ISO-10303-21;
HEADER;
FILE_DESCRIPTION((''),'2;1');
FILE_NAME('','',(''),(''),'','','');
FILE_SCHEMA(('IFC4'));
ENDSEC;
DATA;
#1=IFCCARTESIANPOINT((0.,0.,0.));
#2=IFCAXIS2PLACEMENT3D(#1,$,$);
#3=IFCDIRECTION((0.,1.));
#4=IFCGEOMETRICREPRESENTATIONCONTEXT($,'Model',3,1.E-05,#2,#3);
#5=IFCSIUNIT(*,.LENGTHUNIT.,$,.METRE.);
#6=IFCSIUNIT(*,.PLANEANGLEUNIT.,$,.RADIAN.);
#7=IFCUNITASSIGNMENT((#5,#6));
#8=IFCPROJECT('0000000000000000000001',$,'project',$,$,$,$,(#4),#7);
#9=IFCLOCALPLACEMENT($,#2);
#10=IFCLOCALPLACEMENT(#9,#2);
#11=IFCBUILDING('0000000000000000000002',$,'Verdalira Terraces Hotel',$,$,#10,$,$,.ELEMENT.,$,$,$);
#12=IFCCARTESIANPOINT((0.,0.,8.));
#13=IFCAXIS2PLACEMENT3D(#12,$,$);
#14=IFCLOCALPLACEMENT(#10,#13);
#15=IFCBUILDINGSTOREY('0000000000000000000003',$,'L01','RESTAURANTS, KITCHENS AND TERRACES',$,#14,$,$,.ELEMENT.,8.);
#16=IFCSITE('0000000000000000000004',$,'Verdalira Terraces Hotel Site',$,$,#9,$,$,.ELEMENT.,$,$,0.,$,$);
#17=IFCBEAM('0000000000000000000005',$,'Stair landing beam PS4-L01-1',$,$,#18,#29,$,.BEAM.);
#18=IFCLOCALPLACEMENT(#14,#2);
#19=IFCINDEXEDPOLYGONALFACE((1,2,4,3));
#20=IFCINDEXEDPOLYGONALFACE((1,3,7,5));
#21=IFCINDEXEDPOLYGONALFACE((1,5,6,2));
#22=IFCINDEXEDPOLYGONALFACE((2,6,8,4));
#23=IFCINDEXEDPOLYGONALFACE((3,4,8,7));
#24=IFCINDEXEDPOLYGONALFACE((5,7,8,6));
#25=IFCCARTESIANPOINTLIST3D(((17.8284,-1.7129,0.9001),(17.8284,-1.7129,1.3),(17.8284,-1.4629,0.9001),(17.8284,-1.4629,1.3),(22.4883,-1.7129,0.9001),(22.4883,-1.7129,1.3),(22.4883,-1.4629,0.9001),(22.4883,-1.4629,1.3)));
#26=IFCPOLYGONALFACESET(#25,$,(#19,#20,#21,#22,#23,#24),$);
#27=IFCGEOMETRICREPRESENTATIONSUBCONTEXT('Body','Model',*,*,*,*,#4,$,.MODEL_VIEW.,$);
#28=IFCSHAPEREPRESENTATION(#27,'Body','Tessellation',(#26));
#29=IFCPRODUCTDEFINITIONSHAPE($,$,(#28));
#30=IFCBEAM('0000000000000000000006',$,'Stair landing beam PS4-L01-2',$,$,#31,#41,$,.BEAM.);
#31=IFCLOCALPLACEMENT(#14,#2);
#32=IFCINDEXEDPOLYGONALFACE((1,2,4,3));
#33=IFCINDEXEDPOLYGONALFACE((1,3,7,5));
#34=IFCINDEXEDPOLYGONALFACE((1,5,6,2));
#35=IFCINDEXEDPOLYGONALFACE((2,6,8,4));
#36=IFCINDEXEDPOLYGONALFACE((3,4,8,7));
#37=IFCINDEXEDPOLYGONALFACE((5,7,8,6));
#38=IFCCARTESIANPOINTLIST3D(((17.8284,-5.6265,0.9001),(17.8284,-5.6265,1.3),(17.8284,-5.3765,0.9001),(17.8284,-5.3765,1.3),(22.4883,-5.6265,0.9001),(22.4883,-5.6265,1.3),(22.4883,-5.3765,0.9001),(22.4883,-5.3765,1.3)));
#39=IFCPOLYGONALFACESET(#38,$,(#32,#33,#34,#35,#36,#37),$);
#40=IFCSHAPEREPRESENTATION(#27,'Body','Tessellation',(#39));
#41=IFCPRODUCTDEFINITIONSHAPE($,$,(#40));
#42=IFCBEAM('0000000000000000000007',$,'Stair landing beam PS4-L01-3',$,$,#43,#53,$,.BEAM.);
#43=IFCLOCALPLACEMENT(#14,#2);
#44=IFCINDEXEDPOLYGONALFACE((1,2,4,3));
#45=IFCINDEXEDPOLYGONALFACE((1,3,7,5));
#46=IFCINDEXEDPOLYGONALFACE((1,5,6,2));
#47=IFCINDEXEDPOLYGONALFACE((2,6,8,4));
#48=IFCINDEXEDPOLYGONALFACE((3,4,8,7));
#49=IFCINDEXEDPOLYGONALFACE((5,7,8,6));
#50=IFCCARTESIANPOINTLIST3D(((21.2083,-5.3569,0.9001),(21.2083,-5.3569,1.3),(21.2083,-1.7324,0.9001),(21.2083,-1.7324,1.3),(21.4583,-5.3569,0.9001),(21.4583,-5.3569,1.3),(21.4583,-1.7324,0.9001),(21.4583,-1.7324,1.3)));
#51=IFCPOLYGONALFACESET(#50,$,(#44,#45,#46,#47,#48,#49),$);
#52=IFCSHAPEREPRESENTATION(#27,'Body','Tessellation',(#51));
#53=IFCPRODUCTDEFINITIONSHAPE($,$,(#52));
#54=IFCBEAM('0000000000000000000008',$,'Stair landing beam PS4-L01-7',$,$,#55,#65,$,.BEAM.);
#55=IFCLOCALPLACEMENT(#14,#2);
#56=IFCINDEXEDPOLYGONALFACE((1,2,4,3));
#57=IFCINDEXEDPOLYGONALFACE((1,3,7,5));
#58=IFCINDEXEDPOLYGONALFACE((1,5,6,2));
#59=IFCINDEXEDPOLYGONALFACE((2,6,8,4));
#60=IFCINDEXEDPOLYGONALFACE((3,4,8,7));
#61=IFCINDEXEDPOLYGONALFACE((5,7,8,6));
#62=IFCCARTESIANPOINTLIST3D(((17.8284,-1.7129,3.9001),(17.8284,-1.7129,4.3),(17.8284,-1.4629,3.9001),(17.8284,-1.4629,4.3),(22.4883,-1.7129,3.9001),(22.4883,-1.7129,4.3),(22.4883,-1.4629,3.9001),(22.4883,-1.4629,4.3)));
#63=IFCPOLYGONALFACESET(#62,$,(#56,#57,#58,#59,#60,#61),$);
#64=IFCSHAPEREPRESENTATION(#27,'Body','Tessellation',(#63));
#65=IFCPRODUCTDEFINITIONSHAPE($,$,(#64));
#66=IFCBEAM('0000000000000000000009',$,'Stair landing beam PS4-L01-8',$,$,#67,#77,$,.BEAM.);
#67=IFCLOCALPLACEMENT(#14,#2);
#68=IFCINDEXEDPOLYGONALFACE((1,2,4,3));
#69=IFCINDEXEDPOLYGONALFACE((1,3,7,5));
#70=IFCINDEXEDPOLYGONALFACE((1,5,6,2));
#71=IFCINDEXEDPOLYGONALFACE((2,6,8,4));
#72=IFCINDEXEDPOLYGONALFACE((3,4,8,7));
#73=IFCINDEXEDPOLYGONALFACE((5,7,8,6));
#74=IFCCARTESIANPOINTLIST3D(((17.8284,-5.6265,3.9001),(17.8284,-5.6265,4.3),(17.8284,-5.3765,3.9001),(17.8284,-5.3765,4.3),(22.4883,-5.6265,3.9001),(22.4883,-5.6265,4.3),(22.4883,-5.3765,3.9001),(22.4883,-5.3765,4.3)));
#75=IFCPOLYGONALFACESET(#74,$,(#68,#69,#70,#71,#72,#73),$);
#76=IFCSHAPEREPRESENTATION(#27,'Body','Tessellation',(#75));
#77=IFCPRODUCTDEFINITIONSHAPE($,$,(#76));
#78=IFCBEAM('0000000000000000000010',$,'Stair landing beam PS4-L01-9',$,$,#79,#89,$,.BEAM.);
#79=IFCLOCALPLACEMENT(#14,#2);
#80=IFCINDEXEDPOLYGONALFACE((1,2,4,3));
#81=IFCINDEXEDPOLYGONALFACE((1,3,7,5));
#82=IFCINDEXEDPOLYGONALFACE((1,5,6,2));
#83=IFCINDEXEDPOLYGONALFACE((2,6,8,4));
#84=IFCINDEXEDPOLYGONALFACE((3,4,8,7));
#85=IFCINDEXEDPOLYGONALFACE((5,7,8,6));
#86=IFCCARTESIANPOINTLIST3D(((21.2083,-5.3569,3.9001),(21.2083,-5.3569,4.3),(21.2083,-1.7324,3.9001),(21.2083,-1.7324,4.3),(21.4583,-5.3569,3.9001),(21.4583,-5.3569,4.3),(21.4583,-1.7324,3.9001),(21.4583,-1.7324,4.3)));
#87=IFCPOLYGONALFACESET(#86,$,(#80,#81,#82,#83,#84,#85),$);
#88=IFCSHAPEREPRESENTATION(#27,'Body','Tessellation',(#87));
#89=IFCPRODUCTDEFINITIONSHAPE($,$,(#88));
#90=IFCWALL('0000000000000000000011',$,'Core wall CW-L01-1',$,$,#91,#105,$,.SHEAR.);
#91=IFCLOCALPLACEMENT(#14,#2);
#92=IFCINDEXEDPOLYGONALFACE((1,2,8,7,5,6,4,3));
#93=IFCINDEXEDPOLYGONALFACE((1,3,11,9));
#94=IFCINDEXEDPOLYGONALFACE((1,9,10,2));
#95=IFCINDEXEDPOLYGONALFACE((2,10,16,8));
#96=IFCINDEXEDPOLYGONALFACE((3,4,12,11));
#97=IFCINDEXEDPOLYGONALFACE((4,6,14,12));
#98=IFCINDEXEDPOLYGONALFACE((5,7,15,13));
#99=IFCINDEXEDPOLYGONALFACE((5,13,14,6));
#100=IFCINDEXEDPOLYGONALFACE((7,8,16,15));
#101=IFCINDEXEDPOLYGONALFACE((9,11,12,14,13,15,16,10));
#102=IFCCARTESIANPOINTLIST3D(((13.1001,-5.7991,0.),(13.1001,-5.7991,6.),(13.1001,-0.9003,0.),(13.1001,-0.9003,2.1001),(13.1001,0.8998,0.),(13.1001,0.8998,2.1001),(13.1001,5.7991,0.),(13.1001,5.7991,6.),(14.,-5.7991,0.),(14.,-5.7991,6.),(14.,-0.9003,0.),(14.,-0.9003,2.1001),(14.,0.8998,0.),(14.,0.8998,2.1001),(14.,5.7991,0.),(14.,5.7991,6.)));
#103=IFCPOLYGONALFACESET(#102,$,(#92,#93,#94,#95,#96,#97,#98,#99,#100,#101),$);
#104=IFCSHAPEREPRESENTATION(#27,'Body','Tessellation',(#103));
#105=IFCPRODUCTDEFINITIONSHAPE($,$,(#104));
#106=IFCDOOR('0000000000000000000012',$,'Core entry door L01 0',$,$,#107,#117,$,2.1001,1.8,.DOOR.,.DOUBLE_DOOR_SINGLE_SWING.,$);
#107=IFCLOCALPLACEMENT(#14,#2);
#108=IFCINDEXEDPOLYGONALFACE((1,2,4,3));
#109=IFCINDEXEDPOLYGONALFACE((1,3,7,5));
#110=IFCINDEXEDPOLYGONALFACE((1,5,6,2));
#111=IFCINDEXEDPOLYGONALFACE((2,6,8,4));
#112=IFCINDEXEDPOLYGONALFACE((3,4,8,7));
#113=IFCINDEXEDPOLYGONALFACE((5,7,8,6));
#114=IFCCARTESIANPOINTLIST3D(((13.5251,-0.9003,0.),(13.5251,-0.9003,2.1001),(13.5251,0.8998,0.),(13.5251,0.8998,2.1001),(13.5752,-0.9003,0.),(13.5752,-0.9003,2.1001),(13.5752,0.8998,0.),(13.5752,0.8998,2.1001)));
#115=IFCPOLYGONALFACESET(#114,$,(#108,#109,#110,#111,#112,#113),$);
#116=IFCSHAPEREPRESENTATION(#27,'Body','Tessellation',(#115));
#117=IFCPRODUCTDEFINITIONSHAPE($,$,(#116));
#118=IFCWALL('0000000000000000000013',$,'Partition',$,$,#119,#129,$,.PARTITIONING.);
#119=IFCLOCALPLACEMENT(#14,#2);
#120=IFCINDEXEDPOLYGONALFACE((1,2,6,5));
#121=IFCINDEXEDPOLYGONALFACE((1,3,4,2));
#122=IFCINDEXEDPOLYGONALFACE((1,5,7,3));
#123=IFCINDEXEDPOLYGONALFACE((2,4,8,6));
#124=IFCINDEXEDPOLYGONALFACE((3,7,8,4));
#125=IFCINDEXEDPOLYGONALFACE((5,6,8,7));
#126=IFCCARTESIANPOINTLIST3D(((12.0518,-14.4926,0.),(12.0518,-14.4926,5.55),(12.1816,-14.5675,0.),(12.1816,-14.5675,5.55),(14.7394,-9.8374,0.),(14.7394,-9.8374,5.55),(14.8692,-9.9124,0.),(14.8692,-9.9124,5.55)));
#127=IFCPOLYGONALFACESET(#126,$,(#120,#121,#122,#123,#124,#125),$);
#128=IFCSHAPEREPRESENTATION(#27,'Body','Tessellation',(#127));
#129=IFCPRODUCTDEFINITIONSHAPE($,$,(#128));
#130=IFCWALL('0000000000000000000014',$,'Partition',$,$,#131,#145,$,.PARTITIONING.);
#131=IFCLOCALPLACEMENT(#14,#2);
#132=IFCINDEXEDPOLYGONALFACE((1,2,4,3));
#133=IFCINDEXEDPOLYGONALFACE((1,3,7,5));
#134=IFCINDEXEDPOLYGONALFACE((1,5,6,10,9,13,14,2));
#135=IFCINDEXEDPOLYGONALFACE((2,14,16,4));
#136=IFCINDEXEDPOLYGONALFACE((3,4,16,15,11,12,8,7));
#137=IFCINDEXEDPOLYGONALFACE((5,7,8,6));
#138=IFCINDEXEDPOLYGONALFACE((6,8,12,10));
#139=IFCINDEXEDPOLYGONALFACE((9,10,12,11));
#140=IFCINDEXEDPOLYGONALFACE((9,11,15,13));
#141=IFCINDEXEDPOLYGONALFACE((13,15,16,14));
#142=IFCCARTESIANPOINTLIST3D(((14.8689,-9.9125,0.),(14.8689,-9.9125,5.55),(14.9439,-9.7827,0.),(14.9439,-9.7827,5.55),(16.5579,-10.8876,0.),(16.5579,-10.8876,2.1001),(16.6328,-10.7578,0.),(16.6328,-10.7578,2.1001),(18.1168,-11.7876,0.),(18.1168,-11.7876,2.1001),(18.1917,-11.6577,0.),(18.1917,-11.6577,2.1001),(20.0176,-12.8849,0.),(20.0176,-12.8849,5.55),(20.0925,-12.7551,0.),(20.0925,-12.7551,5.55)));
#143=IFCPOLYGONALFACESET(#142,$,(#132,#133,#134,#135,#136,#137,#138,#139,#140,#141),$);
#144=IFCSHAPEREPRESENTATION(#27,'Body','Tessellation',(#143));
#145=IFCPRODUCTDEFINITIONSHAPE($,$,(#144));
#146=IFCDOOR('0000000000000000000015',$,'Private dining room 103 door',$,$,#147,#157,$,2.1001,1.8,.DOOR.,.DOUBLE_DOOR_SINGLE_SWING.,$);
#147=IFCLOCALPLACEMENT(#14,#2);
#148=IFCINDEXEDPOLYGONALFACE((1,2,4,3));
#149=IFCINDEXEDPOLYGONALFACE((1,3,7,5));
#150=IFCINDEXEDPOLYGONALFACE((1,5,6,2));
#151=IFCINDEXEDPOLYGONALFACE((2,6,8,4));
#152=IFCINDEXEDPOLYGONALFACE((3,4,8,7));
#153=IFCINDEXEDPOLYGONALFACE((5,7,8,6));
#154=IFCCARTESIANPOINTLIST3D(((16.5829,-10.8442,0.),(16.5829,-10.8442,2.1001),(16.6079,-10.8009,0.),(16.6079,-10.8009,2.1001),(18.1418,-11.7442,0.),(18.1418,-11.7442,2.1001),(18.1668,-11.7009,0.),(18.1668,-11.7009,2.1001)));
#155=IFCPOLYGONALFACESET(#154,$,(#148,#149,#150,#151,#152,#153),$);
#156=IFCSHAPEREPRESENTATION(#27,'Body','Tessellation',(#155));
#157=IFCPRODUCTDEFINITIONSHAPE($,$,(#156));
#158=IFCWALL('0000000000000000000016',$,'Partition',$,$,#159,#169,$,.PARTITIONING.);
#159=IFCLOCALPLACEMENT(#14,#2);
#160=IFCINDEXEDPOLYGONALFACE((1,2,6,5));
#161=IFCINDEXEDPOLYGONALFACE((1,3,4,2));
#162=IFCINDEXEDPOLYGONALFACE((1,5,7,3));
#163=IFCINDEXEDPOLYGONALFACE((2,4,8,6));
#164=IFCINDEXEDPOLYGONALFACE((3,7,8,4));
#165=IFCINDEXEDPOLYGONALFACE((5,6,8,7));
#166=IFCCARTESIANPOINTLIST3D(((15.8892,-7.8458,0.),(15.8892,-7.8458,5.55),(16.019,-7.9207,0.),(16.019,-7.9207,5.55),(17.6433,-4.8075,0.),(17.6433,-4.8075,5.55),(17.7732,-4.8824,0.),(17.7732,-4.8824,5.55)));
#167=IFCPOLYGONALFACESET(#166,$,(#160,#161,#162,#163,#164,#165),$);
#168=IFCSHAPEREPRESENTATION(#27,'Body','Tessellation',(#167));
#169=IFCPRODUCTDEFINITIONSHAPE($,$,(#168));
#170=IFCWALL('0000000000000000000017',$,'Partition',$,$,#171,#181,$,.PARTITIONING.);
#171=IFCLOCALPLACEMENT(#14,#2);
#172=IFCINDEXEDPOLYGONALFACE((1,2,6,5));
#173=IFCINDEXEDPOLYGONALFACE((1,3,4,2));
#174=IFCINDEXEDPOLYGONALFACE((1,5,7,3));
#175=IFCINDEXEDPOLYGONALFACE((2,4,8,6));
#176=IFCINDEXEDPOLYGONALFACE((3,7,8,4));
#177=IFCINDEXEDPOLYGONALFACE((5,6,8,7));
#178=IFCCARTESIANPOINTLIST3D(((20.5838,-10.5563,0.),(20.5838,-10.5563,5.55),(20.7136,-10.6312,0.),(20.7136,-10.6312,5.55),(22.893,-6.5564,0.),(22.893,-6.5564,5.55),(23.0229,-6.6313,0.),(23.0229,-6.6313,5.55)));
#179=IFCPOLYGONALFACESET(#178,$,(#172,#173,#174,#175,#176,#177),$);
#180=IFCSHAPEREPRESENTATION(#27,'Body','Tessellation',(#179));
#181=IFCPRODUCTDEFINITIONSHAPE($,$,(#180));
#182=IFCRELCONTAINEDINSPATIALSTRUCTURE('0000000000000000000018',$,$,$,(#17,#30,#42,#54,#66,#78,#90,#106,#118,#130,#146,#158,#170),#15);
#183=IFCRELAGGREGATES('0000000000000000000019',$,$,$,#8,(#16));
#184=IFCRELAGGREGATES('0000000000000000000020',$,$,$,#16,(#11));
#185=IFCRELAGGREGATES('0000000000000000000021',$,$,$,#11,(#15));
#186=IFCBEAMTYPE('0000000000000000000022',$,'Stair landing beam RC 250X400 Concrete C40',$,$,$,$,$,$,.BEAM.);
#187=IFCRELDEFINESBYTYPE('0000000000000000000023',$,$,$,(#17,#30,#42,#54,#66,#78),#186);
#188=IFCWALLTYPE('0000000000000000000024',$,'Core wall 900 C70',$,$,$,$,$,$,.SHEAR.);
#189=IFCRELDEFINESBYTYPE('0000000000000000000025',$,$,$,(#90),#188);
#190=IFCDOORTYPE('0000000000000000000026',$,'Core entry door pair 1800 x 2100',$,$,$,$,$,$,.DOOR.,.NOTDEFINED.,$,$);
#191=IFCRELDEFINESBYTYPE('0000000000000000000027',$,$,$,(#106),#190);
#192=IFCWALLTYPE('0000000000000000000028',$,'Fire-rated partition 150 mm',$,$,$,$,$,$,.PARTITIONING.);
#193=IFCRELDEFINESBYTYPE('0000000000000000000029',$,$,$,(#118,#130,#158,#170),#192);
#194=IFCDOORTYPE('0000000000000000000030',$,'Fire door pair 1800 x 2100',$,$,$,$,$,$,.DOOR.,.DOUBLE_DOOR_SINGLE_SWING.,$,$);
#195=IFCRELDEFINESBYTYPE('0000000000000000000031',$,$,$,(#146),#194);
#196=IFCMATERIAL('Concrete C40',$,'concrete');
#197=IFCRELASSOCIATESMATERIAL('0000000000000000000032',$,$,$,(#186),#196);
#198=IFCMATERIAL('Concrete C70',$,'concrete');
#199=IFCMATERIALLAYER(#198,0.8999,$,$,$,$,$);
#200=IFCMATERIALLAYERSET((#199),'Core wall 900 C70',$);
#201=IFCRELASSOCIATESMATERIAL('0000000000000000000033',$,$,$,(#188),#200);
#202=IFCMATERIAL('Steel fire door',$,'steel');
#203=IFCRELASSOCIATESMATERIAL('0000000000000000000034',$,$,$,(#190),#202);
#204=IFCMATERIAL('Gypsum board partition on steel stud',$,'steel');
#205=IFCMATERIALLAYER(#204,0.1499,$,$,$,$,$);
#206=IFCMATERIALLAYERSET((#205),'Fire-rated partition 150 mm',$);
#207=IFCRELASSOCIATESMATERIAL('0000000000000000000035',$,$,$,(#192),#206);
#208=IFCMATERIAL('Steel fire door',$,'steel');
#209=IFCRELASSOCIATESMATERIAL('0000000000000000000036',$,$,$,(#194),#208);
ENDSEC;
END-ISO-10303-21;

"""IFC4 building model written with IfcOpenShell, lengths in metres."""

from ifc_helpers import new_model, si_unit, direction, frame, frame_2d, origin, origin_2d, place, context, subcontext, project, spatial, rectangle, extrude, material, layer, layer_set, material_profile, profile_set, type_object, element, fill, save


model = new_model("IFC4")

# Units and contexts
model_context = context("Model", 3, precision=1e-05, world=origin(), true_north=direction((0.0, 1.0)))
body_context = subcontext(model_context, "Body", "Model", "MODEL_VIEW")
ifc_project = project(units=[si_unit("LENGTHUNIT", "METRE"), si_unit("PLANEANGLEUNIT", "RADIAN")], contexts=[model_context])

# Site, building, storey
site_placement = place(None, origin())
site = spatial("IfcSite", under=ifc_project, at=site_placement, Name="Verdalira Terraces Hotel Site", CompositionType="ELEMENT", RefElevation=0.0)
building_placement = place(site_placement, origin())
building = spatial("IfcBuilding", under=site, at=building_placement, Name="Verdalira Terraces Hotel", CompositionType="ELEMENT")
storey_placement = place(building_placement, frame((0.0, 0.0, 8.0)))
storey = spatial("IfcBuildingStorey", under=building, at=storey_placement, Name="L01", Description="RESTAURANTS, KITCHENS AND TERRACES", CompositionType="ELEMENT", Elevation=8.0)

# Beams
ifc_material_1 = material(Name="Concrete C40", Category="concrete")
ifc_material_profile = material_profile(ifc_material_1, rectangle(XDim=0.25, YDim=0.3999, at=origin_2d()), Name="RC 250X400")
ifc_profile_set = profile_set([ifc_material_profile], Name="Concrete C40")
beam_type = type_object("IfcBeamType", Name="Stair landing beam RC 250X400 Concrete C40", PredefinedType="BEAM", material=ifc_profile_set)
for number, where, z_axis, x_axis, name in (
    (1, (17.8284, -1.5879, 1.1001), (1.0, 0.0, 0.0), (0.0, 1.0, 0.0), "Stair landing beam PS4-L01-1"),
    (2, (17.8284, -5.5015, 1.1001), (1.0, 0.0, 0.0), (0.0, 1.0, 0.0), "Stair landing beam PS4-L01-2"),
):
    element("IfcBeam", number, at=place(storey_placement, frame(where, z_axis=z_axis, x_axis=x_axis)), inside=storey, type_object=beam_type, Name=name, PredefinedType="BEAM", context=body_context, shape_type="SweptSolid", body=[
        extrude(rectangle(XDim=0.25, YDim=0.3999, at=origin_2d()), origin(), (0.0, 0.0, 1.0), 4.6599),
    ])
beam_1_placement = place(storey_placement, frame((21.3333, -1.7324, 1.1001), z_axis=(0.0, -1.0, 0.0), x_axis=(1.0, 0.0, 0.0)))
element("IfcBeam", 3, at=beam_1_placement, inside=storey, type_object=beam_type, Name="Stair landing beam PS4-L01-3", PredefinedType="BEAM", context=body_context, shape_type="SweptSolid", body=[
    extrude(rectangle(XDim=0.25, YDim=0.3999, at=origin_2d()), origin(), (0.0, 0.0, 1.0), 3.6245),
])
for number, where, z_axis, x_axis, name in (
    (4, (17.8284, -1.5879, 4.1001), (1.0, 0.0, 0.0), (0.0, 1.0, 0.0), "Stair landing beam PS4-L01-7"),
    (5, (17.8284, -5.5015, 4.1001), (1.0, 0.0, 0.0), (0.0, 1.0, 0.0), "Stair landing beam PS4-L01-8"),
):
    element("IfcBeam", number, at=place(storey_placement, frame(where, z_axis=z_axis, x_axis=x_axis)), inside=storey, type_object=beam_type, Name=name, PredefinedType="BEAM", context=body_context, shape_type="SweptSolid", body=[
        extrude(rectangle(XDim=0.25, YDim=0.3999, at=origin_2d()), origin(), (0.0, 0.0, 1.0), 4.6599),
    ])
beam_2_placement = place(storey_placement, frame((21.3333, -1.7324, 4.1001), z_axis=(0.0, -1.0, 0.0), x_axis=(1.0, 0.0, 0.0)))
element("IfcBeam", 6, at=beam_2_placement, inside=storey, type_object=beam_type, Name="Stair landing beam PS4-L01-9", PredefinedType="BEAM", context=body_context, shape_type="SweptSolid", body=[
    extrude(rectangle(XDim=0.25, YDim=0.3999, at=origin_2d()), origin(), (0.0, 0.0, 1.0), 3.6245),
])

# Wall, opening, door
ifc_material_2 = material(Name="Concrete C70", Category="concrete")
ifc_layer_1 = layer(ifc_material_2, 0.8999)
ifc_layer_set_1 = layer_set([ifc_layer_1], Name="Core wall 900 C70")
wall_type_1 = type_object("IfcWallType", Name="Core wall 900 C70", PredefinedType="SHEAR", material=ifc_layer_set_1)
wall_1_placement = place(storey_placement, frame((13.55, -5.7991, 0.0), z_axis=(0.0, 0.0, 1.0), x_axis=(0.0, 1.0, 0.0)))
wall_1 = element("IfcWall", 7, at=wall_1_placement, inside=storey, type_object=wall_type_1, Name="Core wall CW-L01-1", PredefinedType="SHEAR", context=body_context, shape_type="SweptSolid", body=[
    extrude(rectangle(XDim=11.5981, YDim=0.8999, at=frame_2d((5.7991, 0.0))), origin(), (0.0, 0.0, 1.0), 6.0),
])
opening_1_placement = place(wall_1_placement, frame((4.8989, 0.0, 0.0)))
opening_1 = element("IfcOpeningElement", 8, at=opening_1_placement, cuts=wall_1, PredefinedType="OPENING", context=body_context, shape_type="SweptSolid", body=[
    extrude(rectangle(XDim=1.8, YDim=2.1001, at=frame_2d((0.8999, 1.05))), frame((0.0, 0.46, 0.0), z_axis=(0.0, -1.0, 0.0), x_axis=(1.0, 0.0, 0.0)), (0.0, 0.0, 1.0), 0.9199),
])
ifc_material_3 = material(Name="Steel fire door", Category="steel")
door_type_1 = type_object("IfcDoorType", Name="Core entry door pair 1800 x 2100", OperationType="NOTDEFINED", PredefinedType="DOOR", material=ifc_material_3)
door_1_placement = place(opening_1_placement, origin())
door_1 = element("IfcDoor", 9, at=door_1_placement, inside=storey, type_object=door_type_1, Name="Core entry door L01 0", OperationType="DOUBLE_DOOR_SINGLE_SWING", OverallHeight=2.1001, OverallWidth=1.8, PredefinedType="DOOR", context=body_context, shape_type="SweptSolid", body=[
    extrude(rectangle(XDim=1.8, YDim=2.1001, at=frame_2d((0.8999, 1.05))), frame((0.0, 0.0249, 0.0), z_axis=(0.0, -1.0, 0.0), x_axis=(1.0, 0.0, 0.0)), (0.0, 0.0, 1.0), 0.05),
])
fill(opening_1, door_1)

# Wall
ifc_material_4 = material(Name="Gypsum board partition on steel stud", Category="steel")
ifc_layer_2 = layer(ifc_material_4, 0.1499)
ifc_layer_set_2 = layer_set([ifc_layer_2], Name="Fire-rated partition 150 mm")
wall_type_2 = type_object("IfcWallType", Name="Fire-rated partition 150 mm", PredefinedType="PARTITIONING", material=ifc_layer_set_2)
wall_2_placement = place(storey_placement, frame((14.8042, -9.875, 0.0), z_axis=(0.0, 0.0, 1.0), x_axis=(-0.499989, -0.866032, 0.0)))
element("IfcWall", 10, at=wall_2_placement, inside=storey, type_object=wall_type_2, Name="Partition", PredefinedType="PARTITIONING", context=body_context, shape_type="SweptSolid", body=[
    extrude(rectangle(XDim=5.3752, YDim=0.1499, at=frame_2d((2.6875, 0.0))), origin(), (0.0, 0.0, 1.0), 5.55),
])

# Wall, opening, door
wall_3_placement = place(storey_placement, frame((20.0552, -12.8201, 0.0), z_axis=(0.0, 0.0, 1.0), x_axis=(-0.866039, 0.499977, 0.0)))
wall_3 = element("IfcWall", 11, at=wall_3_placement, inside=storey, type_object=wall_type_2, Name="Partition", PredefinedType="PARTITIONING", context=body_context, shape_type="SweptSolid", body=[
    extrude(rectangle(XDim=5.9451, YDim=0.1499, at=frame_2d((2.9727, 0.0))), origin(), (0.0, 0.0, 1.0), 5.55),
])
opening_2_placement = place(wall_3_placement, frame((2.1951, 0.0, 0.0)))
opening_2 = element("IfcOpeningElement", 12, at=opening_2_placement, cuts=wall_3, PredefinedType="OPENING", context=body_context, shape_type="SweptSolid", body=[
    extrude(rectangle(XDim=1.8, YDim=2.1001, at=frame_2d((0.8999, 1.05))), frame((0.0, 0.085, 0.0), z_axis=(0.0, -1.0, 0.0), x_axis=(1.0, 0.0, 0.0)), (0.0, 0.0, 1.0), 0.1699),
])
ifc_material_5 = material(Name="Steel fire door", Category="steel")
door_type_2 = type_object("IfcDoorType", Name="Fire door pair 1800 x 2100", OperationType="DOUBLE_DOOR_SINGLE_SWING", PredefinedType="DOOR", material=ifc_material_5)
door_2_placement = place(opening_2_placement, origin())
door_2 = element("IfcDoor", 13, at=door_2_placement, inside=storey, type_object=door_type_2, Name="Private dining room 103 door", OperationType="DOUBLE_DOOR_SINGLE_SWING", OverallHeight=2.1001, OverallWidth=1.8, PredefinedType="DOOR", context=body_context, shape_type="SweptSolid", body=[
    extrude(rectangle(XDim=1.8, YDim=2.1001, at=frame_2d((0.8999, 1.05))), frame((0.0, 0.0249, 0.0), z_axis=(0.0, -1.0, 0.0), x_axis=(1.0, 0.0, 0.0)), (0.0, 0.0, 1.0), 0.05),
])
fill(opening_2, door_2)

# Walls
wall_4_placement = place(storey_placement, frame((17.7083, -4.845, 0.0), z_axis=(0.0, 0.0, 1.0), x_axis=(-0.499994, -0.866029, 0.0)))
element("IfcWall", 14, at=wall_4_placement, inside=storey, type_object=wall_type_2, Name="Partition", PredefinedType="PARTITIONING", context=body_context, shape_type="SweptSolid", body=[
    extrude(rectangle(XDim=3.5083, YDim=0.1499, at=frame_2d((1.7542, 0.0))), origin(), (0.0, 0.0, 1.0), 5.55),
])
wall_5_placement = place(storey_placement, frame((20.6487, -10.5938, 0.0), z_axis=(0.0, 0.0, 1.0), x_axis=(0.499988, 0.866032, 0.0)))
element("IfcWall", 15, at=wall_5_placement, inside=storey, type_object=wall_type_2, Name="Partition", PredefinedType="PARTITIONING", context=body_context, shape_type="SweptSolid", body=[
    extrude(rectangle(XDim=4.6187, YDim=0.1499, at=frame_2d((2.3093, 0.0))), origin(), (0.0, 0.0, 1.0), 5.55),
])

save(model, "model.ifc")
